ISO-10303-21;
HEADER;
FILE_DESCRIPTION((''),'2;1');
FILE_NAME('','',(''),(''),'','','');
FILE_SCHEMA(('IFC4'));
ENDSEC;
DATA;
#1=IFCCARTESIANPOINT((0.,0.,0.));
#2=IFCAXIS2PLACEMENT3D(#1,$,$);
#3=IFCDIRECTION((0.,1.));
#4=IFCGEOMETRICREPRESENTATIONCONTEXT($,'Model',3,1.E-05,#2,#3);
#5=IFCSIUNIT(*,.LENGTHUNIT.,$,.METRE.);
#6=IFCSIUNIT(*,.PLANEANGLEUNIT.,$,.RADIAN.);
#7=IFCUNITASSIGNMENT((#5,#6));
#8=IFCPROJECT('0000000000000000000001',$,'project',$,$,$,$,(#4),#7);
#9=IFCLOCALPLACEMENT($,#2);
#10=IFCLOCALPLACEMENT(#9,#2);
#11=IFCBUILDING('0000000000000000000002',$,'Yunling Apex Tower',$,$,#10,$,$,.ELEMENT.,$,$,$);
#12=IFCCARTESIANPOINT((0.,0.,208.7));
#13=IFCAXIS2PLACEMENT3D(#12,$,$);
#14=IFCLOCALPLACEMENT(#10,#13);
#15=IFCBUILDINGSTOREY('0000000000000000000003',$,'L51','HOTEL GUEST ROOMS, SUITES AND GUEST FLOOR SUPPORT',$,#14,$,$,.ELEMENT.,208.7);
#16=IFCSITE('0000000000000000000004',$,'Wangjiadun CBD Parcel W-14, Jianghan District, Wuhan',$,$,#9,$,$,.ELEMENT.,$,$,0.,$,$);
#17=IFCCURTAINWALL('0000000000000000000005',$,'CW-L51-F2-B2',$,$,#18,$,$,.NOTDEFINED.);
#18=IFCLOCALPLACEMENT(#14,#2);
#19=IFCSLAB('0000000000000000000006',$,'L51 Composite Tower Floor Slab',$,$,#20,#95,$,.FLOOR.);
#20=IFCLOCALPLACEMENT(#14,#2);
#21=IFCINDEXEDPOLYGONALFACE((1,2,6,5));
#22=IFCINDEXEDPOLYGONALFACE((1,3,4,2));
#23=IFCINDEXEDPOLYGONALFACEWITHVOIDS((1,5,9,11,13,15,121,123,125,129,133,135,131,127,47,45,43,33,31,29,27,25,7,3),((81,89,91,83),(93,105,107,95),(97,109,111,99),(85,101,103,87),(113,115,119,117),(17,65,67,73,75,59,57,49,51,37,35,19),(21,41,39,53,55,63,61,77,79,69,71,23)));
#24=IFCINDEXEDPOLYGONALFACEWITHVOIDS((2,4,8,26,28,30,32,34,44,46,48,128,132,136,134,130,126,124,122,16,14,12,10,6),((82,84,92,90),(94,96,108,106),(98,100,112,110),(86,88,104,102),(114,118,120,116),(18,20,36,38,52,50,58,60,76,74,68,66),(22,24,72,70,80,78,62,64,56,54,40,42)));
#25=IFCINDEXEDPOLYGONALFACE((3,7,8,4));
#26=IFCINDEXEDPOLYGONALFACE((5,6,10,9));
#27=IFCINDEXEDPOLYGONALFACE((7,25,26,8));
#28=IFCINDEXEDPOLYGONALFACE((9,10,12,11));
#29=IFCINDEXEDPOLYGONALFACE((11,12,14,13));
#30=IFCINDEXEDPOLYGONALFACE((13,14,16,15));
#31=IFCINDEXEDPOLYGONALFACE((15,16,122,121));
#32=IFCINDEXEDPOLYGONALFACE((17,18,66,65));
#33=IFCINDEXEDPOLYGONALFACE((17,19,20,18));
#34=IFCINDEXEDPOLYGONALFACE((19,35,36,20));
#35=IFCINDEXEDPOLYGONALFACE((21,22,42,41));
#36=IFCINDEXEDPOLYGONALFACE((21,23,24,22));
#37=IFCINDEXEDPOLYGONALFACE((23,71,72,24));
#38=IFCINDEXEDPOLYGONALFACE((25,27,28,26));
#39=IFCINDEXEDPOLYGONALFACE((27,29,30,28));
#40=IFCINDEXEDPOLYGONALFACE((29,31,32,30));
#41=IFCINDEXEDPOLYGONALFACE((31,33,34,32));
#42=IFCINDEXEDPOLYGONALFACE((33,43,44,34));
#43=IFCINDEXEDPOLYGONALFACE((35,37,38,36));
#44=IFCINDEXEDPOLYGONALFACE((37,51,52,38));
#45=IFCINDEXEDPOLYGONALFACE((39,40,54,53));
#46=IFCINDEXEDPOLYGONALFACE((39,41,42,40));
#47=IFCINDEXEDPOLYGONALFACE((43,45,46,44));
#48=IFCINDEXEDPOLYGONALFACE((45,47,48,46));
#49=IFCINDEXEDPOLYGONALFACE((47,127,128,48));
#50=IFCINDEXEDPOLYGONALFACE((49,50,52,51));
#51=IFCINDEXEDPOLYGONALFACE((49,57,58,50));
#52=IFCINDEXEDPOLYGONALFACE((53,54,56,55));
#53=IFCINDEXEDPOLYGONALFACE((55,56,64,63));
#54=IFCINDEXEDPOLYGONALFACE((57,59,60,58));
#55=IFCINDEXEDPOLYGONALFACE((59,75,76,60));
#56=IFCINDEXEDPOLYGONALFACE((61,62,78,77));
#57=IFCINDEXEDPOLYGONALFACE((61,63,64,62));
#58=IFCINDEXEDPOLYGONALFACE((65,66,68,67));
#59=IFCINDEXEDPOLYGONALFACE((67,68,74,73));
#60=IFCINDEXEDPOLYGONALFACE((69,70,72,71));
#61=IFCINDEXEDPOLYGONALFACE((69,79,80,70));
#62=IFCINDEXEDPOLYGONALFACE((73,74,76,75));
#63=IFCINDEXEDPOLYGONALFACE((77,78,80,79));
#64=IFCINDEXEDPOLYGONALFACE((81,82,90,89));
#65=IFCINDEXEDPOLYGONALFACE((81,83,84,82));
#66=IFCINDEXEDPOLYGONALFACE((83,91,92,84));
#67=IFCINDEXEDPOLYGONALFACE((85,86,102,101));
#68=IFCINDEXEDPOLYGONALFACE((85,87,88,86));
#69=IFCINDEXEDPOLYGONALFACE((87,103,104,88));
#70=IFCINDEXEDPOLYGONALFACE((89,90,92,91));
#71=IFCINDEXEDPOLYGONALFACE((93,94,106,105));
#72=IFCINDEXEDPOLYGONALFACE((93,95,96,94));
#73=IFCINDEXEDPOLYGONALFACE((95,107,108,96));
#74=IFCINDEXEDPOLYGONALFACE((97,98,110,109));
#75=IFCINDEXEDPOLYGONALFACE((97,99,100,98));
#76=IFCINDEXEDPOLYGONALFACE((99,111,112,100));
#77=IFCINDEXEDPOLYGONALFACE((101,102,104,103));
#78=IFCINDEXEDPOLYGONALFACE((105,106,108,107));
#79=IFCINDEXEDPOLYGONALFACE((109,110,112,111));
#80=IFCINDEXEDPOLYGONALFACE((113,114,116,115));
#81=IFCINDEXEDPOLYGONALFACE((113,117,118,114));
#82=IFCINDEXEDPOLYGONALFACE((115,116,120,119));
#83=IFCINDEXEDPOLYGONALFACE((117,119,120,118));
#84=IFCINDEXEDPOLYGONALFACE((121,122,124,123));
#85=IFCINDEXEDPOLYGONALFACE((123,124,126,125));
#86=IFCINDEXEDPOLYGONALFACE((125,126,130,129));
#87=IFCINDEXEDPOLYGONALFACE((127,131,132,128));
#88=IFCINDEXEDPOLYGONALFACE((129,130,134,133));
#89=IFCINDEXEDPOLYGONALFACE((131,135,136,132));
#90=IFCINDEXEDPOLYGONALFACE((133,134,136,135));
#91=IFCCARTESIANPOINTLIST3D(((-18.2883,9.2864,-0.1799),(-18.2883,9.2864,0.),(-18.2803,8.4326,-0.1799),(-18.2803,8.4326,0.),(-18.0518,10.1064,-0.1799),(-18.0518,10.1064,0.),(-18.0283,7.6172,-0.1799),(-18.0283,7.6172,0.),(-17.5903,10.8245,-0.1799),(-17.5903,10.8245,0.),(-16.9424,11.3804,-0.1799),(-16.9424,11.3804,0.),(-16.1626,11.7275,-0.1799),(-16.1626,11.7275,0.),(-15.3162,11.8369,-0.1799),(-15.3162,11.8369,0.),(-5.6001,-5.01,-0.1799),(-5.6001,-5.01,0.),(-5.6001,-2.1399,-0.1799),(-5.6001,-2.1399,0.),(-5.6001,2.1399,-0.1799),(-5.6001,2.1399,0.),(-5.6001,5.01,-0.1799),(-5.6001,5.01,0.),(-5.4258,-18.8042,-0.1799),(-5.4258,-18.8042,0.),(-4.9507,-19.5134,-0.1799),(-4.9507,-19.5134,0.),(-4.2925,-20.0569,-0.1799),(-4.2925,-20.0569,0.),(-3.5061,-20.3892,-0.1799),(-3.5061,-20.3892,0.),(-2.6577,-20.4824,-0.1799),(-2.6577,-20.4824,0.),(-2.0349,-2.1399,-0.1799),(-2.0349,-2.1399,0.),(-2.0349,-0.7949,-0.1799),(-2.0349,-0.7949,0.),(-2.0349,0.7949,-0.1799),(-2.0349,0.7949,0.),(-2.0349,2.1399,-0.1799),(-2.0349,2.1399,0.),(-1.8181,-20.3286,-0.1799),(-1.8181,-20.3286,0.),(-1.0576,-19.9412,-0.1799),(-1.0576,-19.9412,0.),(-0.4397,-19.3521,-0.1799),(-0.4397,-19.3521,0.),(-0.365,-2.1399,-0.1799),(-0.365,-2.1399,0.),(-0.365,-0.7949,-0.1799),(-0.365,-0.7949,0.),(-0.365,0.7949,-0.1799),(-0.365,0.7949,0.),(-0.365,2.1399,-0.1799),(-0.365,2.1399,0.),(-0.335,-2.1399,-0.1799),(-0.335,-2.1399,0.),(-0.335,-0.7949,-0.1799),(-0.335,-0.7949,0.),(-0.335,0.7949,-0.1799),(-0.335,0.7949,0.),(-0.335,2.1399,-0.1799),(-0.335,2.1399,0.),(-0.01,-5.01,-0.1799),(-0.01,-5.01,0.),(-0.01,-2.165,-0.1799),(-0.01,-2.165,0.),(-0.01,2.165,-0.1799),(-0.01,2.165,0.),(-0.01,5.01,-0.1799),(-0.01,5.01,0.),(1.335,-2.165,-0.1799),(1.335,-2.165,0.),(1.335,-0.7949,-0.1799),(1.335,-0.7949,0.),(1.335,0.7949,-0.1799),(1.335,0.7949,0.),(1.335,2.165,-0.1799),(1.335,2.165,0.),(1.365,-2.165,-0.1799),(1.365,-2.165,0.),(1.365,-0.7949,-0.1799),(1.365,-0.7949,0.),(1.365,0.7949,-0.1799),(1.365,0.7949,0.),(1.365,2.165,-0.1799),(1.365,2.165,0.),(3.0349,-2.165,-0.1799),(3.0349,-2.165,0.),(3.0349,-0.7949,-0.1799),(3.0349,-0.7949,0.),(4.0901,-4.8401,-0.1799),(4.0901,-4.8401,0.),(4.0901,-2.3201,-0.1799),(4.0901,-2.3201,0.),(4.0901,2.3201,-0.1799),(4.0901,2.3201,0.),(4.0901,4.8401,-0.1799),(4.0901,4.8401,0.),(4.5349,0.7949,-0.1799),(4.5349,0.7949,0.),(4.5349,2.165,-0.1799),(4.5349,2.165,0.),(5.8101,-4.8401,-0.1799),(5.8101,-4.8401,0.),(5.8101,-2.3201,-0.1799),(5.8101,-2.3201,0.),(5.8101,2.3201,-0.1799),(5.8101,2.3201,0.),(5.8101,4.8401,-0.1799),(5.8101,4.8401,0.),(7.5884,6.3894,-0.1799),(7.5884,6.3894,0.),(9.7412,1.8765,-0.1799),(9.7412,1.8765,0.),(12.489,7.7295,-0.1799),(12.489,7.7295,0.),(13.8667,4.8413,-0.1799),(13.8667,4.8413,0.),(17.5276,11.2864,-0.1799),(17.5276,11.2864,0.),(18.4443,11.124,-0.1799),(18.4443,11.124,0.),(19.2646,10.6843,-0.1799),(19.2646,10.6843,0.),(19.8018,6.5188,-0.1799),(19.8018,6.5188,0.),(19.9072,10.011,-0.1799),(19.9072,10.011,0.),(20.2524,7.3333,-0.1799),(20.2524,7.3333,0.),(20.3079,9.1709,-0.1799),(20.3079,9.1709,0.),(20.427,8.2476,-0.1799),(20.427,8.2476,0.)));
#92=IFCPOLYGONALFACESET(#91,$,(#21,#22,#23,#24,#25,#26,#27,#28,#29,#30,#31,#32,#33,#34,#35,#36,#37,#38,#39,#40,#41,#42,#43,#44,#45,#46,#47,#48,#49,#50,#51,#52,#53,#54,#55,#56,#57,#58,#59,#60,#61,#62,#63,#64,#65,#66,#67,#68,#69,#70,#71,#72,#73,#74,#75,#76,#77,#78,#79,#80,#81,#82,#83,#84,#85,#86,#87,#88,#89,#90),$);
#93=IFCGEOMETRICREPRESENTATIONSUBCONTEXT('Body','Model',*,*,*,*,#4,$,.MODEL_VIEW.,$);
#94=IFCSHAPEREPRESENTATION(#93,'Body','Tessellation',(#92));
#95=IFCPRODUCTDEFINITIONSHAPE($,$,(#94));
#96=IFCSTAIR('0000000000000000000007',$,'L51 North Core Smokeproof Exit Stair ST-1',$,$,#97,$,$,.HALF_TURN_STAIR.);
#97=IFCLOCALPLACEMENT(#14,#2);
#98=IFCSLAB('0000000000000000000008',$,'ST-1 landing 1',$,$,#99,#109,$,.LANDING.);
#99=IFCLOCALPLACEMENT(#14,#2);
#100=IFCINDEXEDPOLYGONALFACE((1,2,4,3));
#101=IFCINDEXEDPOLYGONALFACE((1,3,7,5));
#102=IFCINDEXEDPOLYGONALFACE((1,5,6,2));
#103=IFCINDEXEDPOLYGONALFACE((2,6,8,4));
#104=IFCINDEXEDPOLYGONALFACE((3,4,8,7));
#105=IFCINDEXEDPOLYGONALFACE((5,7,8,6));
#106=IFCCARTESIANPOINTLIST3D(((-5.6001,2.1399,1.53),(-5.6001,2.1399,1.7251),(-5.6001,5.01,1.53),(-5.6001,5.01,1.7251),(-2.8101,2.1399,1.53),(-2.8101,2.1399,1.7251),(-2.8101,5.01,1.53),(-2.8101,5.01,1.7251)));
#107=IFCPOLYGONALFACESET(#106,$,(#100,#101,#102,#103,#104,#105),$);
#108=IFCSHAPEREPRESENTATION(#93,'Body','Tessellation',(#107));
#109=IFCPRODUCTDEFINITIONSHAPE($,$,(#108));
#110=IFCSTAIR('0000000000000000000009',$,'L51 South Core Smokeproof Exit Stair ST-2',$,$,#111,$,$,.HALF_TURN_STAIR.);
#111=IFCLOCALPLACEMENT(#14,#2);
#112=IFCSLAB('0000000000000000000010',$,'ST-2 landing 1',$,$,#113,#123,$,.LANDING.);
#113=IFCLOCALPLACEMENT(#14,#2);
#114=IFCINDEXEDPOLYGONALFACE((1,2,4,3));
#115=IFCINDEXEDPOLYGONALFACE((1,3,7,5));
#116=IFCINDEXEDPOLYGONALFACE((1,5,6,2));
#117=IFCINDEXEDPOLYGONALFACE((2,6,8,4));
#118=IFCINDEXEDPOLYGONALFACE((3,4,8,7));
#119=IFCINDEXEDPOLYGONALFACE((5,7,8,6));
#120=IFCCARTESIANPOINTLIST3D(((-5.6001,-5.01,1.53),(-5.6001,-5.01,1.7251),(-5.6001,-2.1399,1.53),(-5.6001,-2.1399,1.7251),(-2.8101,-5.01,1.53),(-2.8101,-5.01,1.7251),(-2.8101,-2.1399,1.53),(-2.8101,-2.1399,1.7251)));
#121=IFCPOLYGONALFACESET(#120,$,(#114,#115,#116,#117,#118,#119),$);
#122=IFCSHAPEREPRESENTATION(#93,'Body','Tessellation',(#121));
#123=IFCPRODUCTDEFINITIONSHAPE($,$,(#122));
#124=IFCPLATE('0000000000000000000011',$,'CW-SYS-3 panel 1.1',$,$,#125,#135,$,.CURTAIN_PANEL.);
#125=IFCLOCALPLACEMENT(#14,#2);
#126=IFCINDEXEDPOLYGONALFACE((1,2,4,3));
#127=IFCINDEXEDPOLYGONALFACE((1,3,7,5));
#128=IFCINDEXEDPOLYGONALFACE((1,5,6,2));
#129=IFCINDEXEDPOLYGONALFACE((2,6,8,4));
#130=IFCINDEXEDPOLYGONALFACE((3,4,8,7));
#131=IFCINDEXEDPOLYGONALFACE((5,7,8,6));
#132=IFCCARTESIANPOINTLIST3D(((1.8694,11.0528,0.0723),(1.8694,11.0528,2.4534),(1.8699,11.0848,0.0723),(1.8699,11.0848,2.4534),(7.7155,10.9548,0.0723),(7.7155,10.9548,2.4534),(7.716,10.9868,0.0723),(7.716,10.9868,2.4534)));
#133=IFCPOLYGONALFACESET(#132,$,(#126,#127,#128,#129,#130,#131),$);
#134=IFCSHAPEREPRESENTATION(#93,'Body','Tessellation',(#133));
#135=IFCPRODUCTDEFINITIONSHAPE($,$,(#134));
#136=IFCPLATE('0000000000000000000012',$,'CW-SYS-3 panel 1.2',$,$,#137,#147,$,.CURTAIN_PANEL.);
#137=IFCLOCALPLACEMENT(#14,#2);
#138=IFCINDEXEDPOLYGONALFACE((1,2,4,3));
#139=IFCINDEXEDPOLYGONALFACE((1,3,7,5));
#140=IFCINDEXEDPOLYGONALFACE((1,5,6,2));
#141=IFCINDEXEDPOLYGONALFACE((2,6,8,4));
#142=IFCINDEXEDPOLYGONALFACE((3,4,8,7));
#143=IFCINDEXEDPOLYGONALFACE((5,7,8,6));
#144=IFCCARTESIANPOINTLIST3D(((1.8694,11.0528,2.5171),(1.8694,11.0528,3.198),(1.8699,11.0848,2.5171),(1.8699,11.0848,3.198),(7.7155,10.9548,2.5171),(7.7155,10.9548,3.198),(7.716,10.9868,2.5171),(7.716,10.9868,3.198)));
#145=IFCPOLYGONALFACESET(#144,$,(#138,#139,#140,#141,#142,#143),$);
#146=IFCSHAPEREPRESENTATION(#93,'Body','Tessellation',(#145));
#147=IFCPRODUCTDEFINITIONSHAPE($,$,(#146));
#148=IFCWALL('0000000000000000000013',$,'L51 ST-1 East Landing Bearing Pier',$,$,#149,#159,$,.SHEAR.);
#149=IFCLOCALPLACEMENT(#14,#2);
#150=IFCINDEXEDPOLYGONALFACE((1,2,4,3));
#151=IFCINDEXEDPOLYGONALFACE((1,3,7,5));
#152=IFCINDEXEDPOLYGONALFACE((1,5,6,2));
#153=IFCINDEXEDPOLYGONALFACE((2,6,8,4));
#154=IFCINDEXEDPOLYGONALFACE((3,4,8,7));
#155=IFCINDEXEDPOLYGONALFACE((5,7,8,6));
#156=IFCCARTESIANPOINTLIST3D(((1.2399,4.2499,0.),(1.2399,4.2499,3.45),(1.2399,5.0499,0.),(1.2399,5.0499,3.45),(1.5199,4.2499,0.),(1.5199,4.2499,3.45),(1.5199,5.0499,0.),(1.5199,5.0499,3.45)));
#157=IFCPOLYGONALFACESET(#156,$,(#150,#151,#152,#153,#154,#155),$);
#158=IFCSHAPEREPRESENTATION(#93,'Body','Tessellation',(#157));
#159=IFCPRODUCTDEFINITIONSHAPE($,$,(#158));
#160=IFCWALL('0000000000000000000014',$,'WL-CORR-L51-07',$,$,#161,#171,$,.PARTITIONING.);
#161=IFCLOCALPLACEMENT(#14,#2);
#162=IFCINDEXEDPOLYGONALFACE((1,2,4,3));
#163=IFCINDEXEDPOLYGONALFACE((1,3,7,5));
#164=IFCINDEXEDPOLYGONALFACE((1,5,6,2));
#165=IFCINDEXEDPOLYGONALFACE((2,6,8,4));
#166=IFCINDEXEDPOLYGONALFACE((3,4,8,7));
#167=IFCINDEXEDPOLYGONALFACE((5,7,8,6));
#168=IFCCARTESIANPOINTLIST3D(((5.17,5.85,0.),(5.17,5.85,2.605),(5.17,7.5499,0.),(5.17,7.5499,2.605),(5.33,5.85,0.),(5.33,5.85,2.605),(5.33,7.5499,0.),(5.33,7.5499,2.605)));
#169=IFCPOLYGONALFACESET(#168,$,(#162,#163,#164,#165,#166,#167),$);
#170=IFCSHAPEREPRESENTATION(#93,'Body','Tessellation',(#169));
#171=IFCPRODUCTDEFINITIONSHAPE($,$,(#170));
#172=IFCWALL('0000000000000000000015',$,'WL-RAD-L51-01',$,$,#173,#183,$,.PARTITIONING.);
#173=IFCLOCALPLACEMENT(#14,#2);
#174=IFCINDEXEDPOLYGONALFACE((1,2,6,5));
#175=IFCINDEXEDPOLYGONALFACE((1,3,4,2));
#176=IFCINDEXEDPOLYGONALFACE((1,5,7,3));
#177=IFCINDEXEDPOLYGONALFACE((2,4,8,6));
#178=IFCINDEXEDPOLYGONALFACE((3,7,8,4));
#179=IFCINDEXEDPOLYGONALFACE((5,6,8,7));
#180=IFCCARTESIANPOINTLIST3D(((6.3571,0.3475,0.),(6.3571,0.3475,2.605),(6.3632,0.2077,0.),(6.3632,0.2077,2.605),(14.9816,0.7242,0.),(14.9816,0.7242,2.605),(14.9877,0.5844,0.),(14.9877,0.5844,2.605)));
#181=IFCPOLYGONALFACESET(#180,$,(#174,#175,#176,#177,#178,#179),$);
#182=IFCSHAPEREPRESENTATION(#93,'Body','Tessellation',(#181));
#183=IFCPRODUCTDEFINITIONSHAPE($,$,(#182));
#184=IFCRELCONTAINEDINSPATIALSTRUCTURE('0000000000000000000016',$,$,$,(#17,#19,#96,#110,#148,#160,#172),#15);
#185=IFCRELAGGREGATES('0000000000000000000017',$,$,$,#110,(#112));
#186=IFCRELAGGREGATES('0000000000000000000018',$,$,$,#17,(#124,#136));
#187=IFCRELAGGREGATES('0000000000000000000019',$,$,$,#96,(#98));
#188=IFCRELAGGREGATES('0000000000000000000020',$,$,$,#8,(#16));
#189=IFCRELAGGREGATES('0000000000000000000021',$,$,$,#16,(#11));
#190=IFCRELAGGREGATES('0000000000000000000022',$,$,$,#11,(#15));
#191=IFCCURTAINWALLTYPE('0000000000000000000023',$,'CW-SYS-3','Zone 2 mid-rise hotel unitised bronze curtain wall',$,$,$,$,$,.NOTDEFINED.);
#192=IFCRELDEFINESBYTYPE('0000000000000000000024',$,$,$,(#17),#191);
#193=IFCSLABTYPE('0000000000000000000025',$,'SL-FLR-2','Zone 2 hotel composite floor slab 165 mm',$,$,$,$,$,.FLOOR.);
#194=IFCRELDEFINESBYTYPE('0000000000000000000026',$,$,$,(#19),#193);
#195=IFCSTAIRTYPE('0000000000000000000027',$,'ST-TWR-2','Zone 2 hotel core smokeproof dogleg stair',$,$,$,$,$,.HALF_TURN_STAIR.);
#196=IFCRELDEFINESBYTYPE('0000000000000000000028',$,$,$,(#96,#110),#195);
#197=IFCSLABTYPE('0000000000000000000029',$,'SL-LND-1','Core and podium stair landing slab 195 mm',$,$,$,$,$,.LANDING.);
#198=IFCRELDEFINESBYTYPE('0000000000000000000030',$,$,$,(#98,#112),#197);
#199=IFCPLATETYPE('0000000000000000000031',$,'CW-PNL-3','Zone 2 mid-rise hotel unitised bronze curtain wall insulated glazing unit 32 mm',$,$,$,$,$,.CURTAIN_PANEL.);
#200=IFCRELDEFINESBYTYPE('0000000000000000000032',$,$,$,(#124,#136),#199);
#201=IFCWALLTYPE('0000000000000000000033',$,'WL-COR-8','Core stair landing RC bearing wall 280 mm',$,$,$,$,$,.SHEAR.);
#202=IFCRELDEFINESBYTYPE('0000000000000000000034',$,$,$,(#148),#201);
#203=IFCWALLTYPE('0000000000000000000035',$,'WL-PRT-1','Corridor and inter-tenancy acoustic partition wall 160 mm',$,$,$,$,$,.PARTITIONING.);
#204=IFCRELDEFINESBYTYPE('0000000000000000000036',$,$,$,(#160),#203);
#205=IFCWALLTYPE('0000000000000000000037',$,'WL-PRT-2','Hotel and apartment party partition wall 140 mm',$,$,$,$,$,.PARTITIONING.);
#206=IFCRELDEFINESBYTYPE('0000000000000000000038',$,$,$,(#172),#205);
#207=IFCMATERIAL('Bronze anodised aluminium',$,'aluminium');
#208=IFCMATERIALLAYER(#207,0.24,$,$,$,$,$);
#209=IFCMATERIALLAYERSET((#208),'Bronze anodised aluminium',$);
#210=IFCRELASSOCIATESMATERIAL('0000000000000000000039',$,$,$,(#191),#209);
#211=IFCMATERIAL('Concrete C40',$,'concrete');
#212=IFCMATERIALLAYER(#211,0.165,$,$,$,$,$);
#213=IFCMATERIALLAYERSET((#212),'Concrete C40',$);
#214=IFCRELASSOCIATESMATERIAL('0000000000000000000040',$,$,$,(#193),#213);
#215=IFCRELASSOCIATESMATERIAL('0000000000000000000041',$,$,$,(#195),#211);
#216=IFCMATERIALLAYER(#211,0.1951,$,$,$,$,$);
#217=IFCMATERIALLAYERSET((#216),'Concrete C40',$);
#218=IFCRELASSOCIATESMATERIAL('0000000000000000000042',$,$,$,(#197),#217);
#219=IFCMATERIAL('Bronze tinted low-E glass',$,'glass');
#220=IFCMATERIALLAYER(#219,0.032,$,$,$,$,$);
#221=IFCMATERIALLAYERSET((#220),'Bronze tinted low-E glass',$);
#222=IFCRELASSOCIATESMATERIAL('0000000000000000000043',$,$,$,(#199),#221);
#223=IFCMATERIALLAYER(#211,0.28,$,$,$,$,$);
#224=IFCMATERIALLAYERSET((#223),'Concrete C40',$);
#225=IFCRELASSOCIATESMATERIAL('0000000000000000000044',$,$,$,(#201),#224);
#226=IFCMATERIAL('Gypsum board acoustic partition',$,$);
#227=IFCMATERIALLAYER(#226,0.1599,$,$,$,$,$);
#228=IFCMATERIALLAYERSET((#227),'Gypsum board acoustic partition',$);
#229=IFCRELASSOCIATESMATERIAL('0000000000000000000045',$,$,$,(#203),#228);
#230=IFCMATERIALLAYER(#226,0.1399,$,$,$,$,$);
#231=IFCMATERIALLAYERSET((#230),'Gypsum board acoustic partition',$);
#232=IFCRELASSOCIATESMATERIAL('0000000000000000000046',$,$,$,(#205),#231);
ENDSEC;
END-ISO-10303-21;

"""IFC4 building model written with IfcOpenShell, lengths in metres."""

from ifc_helpers import new_model, si_unit, direction, frame, frame_2d, origin, origin_2d, place, context, subcontext, project, spatial, polyline, rectangle, outline, extrude, source, transform, mapped, material, layer, layer_set, type_object, element, aggregate, save


model = new_model("IFC4")

# Units and contexts
model_context = context("Model", 3, precision=1e-05, world=origin(), true_north=direction((0.0, 1.0)))
body_context = subcontext(model_context, "Body", "Model", "MODEL_VIEW")
ifc_project = project(units=[si_unit("LENGTHUNIT", "METRE"), si_unit("PLANEANGLEUNIT", "RADIAN")], contexts=[model_context])

# Site, building, storey
site_placement = place(None, origin())
site = spatial("IfcSite", under=ifc_project, at=site_placement, Name="Wangjiadun CBD Parcel W-14, Jianghan District, Wuhan", CompositionType="ELEMENT", RefElevation=0.0)
building_placement = place(site_placement, origin())
building = spatial("IfcBuilding", under=site, at=building_placement, Name="Yunling Apex Tower", CompositionType="ELEMENT")
storey_placement = place(building_placement, frame((0.0, 0.0, 208.7)))
storey = spatial("IfcBuildingStorey", under=building, at=storey_placement, Name="L51", Description="HOTEL GUEST ROOMS, SUITES AND GUEST FLOOR SUPPORT", CompositionType="ELEMENT", Elevation=208.7)

# Curtain wall
ifc_material_1 = material(Name="Bronze anodised aluminium", Category="aluminium")
ifc_layer_1 = layer(ifc_material_1, 0.24)
ifc_layer_set_1 = layer_set([ifc_layer_1], Name="Bronze anodised aluminium")
curtain_wall_type = type_object("IfcCurtainWallType", Name="CW-SYS-3", Description="Zone 2 mid-rise hotel unitised bronze curtain wall", PredefinedType="NOTDEFINED", material=ifc_layer_set_1)
curtain_wall_1_placement = place(storey_placement, origin())
curtain_wall_1 = element("IfcCurtainWall", 1, at=curtain_wall_1_placement, inside=storey, type_object=curtain_wall_type, Name="CW-L51-F2-B2", PredefinedType="NOTDEFINED")

# Slab
ifc_material_2 = material(Name="Concrete C40", Category="concrete")
ifc_layer_2 = layer(ifc_material_2, 0.165)
ifc_layer_set_2 = layer_set([ifc_layer_2], Name="Concrete C40")
slab_type_1 = type_object("IfcSlabType", Name="SL-FLR-2", Description="Zone 2 hotel composite floor slab 165 mm", PredefinedType="FLOOR", material=ifc_layer_set_2)
slab_1_placement = place(storey_placement, frame((0.0, 0.0, -0.1799)))
element("IfcSlab", 2, at=slab_1_placement, inside=storey, type_object=slab_type_1, Name="L51 Composite Tower Floor Slab", PredefinedType="FLOOR", context=body_context, shape_type="SweptSolid", body=[
    extrude(outline(polyline([(-5.4258, -18.8042), (-4.9507, -19.5134), (-4.2925, -20.0569), (-3.5061, -20.3892), (-2.6577, -20.4824), (-1.8181, -20.3286), (-1.0576, -19.9412), (-0.4397, -19.3521), (19.8018, 6.5188), (20.2524, 7.3333), (20.427, 8.2476), (20.3079, 9.1709), (19.9072, 10.011), (19.2646, 10.6843), (18.4443, 11.124), (17.5276, 11.2864), (-15.3162, 11.8369), (-16.1626, 11.7275), (-16.9424, 11.3804), (-17.5903, 10.8245), (-18.0518, 10.1064), (-18.2883, 9.2864), (-18.2803, 8.4326), (-18.0283, 7.6172), (-5.4258, -18.8042)]), holes=[polyline([(12.489, 7.7295), (13.8667, 4.8413), (9.7412, 1.8765), (7.5884, 6.3894), (12.489, 7.7295)]), polyline([(4.0901, -2.3201), (5.8101, -2.3201), (5.8101, -4.8401), (4.0901, -4.8401), (4.0901, -2.3201)]), polyline([(5.8101, 4.8401), (5.8101, 2.3201), (4.0901, 2.3201), (4.0901, 4.8401), (5.8101, 4.8401)]), polyline([(1.365, 2.165), (4.5349, 2.165), (4.5349, 0.7949), (1.365, 0.7949), (1.365, 2.165)]), polyline([(3.0349, -0.7949), (3.0349, -2.165), (1.365, -2.165), (1.365, -0.7949), (3.0349, -0.7949)]), polyline([(-2.0349, -0.7949), (-0.365, -0.7949), (-0.365, -2.1399), (-0.335, -2.1399), (-0.335, -0.7949), (1.335, -0.7949), (1.335, -2.165), (-0.01, -2.165), (-0.01, -5.01), (-5.6001, -5.01), (-5.6001, -2.1399), (-2.0349, -2.1399), (-2.0349, -0.7949)]), polyline([(-5.6001, 2.1399), (-5.6001, 5.01), (-0.01, 5.01), (-0.01, 2.165), (1.335, 2.165), (1.335, 0.7949), (-0.335, 0.7949), (-0.335, 2.1399), (-0.365, 2.1399), (-0.365, 0.7949), (-2.0349, 0.7949), (-2.0349, 2.1399), (-5.6001, 2.1399)])]), origin(), (0.0, 0.0, 1.0), 0.1799),
])

# Stairs, slabs
stair_type = type_object("IfcStairType", Name="ST-TWR-2", Description="Zone 2 hotel core smokeproof dogleg stair", PredefinedType="HALF_TURN_STAIR", material=ifc_material_2)
stair_1_placement = place(storey_placement, origin())
stair_1 = element("IfcStair", 3, at=stair_1_placement, inside=storey, type_object=stair_type, Name="L51 North Core Smokeproof Exit Stair ST-1", PredefinedType="HALF_TURN_STAIR")
ifc_layer_3 = layer(ifc_material_2, 0.1951)
ifc_layer_set_3 = layer_set([ifc_layer_3], Name="Concrete C40")
slab_type_2 = type_object("IfcSlabType", Name="SL-LND-1", Description="Core and podium stair landing slab 195 mm", PredefinedType="LANDING", material=ifc_layer_set_3)
slab_2_placement = place(storey_placement, frame((0.0, 0.0, 1.53)))
slab_2 = element("IfcSlab", 4, at=slab_2_placement, type_object=slab_type_2, Name="ST-1 landing 1", PredefinedType="LANDING", context=body_context, shape_type="SweptSolid", body=[
    extrude(outline(polyline([(-2.8101, 5.01), (-5.6001, 5.01), (-5.6001, 2.1399), (-2.8101, 2.1399), (-2.8101, 5.01)])), origin(), (0.0, 0.0, 1.0), 0.1951),
])
stair_2_placement = place(storey_placement, origin())
stair_2 = element("IfcStair", 5, at=stair_2_placement, inside=storey, type_object=stair_type, Name="L51 South Core Smokeproof Exit Stair ST-2", PredefinedType="HALF_TURN_STAIR")
slab_3_placement = place(storey_placement, frame((0.0, 0.0, 1.53)))
slab_3 = element("IfcSlab", 6, at=slab_3_placement, type_object=slab_type_2, Name="ST-2 landing 1", PredefinedType="LANDING", context=body_context, shape_type="SweptSolid", body=[
    extrude(outline(polyline([(-2.8101, -2.1399), (-5.6001, -2.1399), (-5.6001, -5.01), (-2.8101, -5.01), (-2.8101, -2.1399)])), origin(), (0.0, 0.0, 1.0), 0.1951),
])
aggregate(stair_2, [slab_3])

# Plates
ifc_material_3 = material(Name="Bronze tinted low-E glass", Category="glass")
ifc_layer_4 = layer(ifc_material_3, 0.032)
ifc_layer_set_4 = layer_set([ifc_layer_4], Name="Bronze tinted low-E glass")
plate_type = type_object("IfcPlateType", Name="CW-PNL-3", Description="Zone 2 mid-rise hotel unitised bronze curtain wall insulated glazing unit 32 mm", PredefinedType="CURTAIN_PANEL", material=ifc_layer_set_4)
shared_shape_1 = source(origin(), body_context, "Body", "SweptSolid", [
    extrude(rectangle(XDim=5.8469, YDim=0.032, at=origin_2d()), origin(), (0.0, 0.0, 1.0), 2.3811),
])
plate_1_placement = place(storey_placement, frame((4.7927, 11.0198, 0.0723), z_axis=(0.0, 0.0, 1.0), x_axis=(-0.99986, 0.016759, 0.0)))
plate_1 = element("IfcPlate", 7, at=plate_1_placement, type_object=plate_type, Name="CW-SYS-3 panel 1.1", PredefinedType="CURTAIN_PANEL", context=body_context, shape_type="MappedRepresentation", body=[
    mapped(shared_shape_1, transform((0.0, 0.0, 0.0), scale=1.0)),
])
shared_shape_2 = source(origin(), body_context, "Body", "SweptSolid", [
    extrude(rectangle(XDim=5.8469, YDim=0.032, at=origin_2d()), origin(), (0.0, 0.0, 1.0), 0.6809),
])
plate_2_placement = place(storey_placement, frame((4.7927, 11.0198, 2.5171), z_axis=(0.0, 0.0, 1.0), x_axis=(-0.99986, 0.016759, 0.0)))
plate_2 = element("IfcPlate", 8, at=plate_2_placement, type_object=plate_type, Name="CW-SYS-3 panel 1.2", PredefinedType="CURTAIN_PANEL", context=body_context, shape_type="MappedRepresentation", body=[
    mapped(shared_shape_2, transform((0.0, 0.0, 0.0), scale=1.0)),
])
aggregate(curtain_wall_1, [plate_1, plate_2])

# Walls
ifc_layer_5 = layer(ifc_material_2, 0.28)
ifc_layer_set_5 = layer_set([ifc_layer_5], Name="Concrete C40")
wall_type_1 = type_object("IfcWallType", Name="WL-COR-8", Description="Core stair landing RC bearing wall 280 mm", PredefinedType="SHEAR", material=ifc_layer_set_5)
wall_1_placement = place(storey_placement, frame((1.3799, 4.25, 0.0), z_axis=(0.0, 0.0, 1.0), x_axis=(0.0, 1.0, 0.0)))
element("IfcWall", 9, at=wall_1_placement, inside=storey, type_object=wall_type_1, Name="L51 ST-1 East Landing Bearing Pier", PredefinedType="SHEAR", context=body_context, shape_type="SweptSolid", body=[
    extrude(rectangle(XDim=0.8, YDim=0.28, at=frame_2d((0.3999, 0.0))), origin(), (0.0, 0.0, 1.0), 3.45),
])
ifc_material_4 = material(Name="Gypsum board acoustic partition")
ifc_layer_6 = layer(ifc_material_4, 0.1599)
ifc_layer_set_6 = layer_set([ifc_layer_6], Name="Gypsum board acoustic partition")
wall_type_2 = type_object("IfcWallType", Name="WL-PRT-1", Description="Corridor and inter-tenancy acoustic partition wall 160 mm", PredefinedType="PARTITIONING", material=ifc_layer_set_6)
wall_2_placement = place(storey_placement, frame((5.25, 7.55, 0.0), z_axis=(0.0, 0.0, 1.0), x_axis=(0.0, -1.0, 0.0)))
element("IfcWall", 10, at=wall_2_placement, inside=storey, type_object=wall_type_2, Name="WL-CORR-L51-07", PredefinedType="PARTITIONING", context=body_context, shape_type="SweptSolid", body=[
    extrude(rectangle(XDim=1.7, YDim=0.1599, at=frame_2d((0.8501, 0.0))), origin(), (0.0, 0.0, 1.0), 2.605),
])
ifc_layer_7 = layer(ifc_material_4, 0.1399)
ifc_layer_set_7 = layer_set([ifc_layer_7], Name="Gypsum board acoustic partition")
wall_type_3 = type_object("IfcWallType", Name="WL-PRT-2", Description="Hotel and apartment party partition wall 140 mm", PredefinedType="PARTITIONING", material=ifc_layer_set_7)
wall_3_placement = place(storey_placement, frame((6.3601, 0.2776, 0.0), z_axis=(0.0, 0.0, 1.0), x_axis=(0.999047, 0.043637, 0.0)))
element("IfcWall", 11, at=wall_3_placement, inside=storey, type_object=wall_type_3, Name="WL-RAD-L51-01", PredefinedType="PARTITIONING", context=body_context, shape_type="SweptSolid", body=[
    extrude(rectangle(XDim=8.6328, YDim=0.1399, at=frame_2d((4.3164, 0.0))), origin(), (0.0, 0.0, 1.0), 2.605),
])

aggregate(stair_1, [slab_2])

save(model, "model.ifc")
